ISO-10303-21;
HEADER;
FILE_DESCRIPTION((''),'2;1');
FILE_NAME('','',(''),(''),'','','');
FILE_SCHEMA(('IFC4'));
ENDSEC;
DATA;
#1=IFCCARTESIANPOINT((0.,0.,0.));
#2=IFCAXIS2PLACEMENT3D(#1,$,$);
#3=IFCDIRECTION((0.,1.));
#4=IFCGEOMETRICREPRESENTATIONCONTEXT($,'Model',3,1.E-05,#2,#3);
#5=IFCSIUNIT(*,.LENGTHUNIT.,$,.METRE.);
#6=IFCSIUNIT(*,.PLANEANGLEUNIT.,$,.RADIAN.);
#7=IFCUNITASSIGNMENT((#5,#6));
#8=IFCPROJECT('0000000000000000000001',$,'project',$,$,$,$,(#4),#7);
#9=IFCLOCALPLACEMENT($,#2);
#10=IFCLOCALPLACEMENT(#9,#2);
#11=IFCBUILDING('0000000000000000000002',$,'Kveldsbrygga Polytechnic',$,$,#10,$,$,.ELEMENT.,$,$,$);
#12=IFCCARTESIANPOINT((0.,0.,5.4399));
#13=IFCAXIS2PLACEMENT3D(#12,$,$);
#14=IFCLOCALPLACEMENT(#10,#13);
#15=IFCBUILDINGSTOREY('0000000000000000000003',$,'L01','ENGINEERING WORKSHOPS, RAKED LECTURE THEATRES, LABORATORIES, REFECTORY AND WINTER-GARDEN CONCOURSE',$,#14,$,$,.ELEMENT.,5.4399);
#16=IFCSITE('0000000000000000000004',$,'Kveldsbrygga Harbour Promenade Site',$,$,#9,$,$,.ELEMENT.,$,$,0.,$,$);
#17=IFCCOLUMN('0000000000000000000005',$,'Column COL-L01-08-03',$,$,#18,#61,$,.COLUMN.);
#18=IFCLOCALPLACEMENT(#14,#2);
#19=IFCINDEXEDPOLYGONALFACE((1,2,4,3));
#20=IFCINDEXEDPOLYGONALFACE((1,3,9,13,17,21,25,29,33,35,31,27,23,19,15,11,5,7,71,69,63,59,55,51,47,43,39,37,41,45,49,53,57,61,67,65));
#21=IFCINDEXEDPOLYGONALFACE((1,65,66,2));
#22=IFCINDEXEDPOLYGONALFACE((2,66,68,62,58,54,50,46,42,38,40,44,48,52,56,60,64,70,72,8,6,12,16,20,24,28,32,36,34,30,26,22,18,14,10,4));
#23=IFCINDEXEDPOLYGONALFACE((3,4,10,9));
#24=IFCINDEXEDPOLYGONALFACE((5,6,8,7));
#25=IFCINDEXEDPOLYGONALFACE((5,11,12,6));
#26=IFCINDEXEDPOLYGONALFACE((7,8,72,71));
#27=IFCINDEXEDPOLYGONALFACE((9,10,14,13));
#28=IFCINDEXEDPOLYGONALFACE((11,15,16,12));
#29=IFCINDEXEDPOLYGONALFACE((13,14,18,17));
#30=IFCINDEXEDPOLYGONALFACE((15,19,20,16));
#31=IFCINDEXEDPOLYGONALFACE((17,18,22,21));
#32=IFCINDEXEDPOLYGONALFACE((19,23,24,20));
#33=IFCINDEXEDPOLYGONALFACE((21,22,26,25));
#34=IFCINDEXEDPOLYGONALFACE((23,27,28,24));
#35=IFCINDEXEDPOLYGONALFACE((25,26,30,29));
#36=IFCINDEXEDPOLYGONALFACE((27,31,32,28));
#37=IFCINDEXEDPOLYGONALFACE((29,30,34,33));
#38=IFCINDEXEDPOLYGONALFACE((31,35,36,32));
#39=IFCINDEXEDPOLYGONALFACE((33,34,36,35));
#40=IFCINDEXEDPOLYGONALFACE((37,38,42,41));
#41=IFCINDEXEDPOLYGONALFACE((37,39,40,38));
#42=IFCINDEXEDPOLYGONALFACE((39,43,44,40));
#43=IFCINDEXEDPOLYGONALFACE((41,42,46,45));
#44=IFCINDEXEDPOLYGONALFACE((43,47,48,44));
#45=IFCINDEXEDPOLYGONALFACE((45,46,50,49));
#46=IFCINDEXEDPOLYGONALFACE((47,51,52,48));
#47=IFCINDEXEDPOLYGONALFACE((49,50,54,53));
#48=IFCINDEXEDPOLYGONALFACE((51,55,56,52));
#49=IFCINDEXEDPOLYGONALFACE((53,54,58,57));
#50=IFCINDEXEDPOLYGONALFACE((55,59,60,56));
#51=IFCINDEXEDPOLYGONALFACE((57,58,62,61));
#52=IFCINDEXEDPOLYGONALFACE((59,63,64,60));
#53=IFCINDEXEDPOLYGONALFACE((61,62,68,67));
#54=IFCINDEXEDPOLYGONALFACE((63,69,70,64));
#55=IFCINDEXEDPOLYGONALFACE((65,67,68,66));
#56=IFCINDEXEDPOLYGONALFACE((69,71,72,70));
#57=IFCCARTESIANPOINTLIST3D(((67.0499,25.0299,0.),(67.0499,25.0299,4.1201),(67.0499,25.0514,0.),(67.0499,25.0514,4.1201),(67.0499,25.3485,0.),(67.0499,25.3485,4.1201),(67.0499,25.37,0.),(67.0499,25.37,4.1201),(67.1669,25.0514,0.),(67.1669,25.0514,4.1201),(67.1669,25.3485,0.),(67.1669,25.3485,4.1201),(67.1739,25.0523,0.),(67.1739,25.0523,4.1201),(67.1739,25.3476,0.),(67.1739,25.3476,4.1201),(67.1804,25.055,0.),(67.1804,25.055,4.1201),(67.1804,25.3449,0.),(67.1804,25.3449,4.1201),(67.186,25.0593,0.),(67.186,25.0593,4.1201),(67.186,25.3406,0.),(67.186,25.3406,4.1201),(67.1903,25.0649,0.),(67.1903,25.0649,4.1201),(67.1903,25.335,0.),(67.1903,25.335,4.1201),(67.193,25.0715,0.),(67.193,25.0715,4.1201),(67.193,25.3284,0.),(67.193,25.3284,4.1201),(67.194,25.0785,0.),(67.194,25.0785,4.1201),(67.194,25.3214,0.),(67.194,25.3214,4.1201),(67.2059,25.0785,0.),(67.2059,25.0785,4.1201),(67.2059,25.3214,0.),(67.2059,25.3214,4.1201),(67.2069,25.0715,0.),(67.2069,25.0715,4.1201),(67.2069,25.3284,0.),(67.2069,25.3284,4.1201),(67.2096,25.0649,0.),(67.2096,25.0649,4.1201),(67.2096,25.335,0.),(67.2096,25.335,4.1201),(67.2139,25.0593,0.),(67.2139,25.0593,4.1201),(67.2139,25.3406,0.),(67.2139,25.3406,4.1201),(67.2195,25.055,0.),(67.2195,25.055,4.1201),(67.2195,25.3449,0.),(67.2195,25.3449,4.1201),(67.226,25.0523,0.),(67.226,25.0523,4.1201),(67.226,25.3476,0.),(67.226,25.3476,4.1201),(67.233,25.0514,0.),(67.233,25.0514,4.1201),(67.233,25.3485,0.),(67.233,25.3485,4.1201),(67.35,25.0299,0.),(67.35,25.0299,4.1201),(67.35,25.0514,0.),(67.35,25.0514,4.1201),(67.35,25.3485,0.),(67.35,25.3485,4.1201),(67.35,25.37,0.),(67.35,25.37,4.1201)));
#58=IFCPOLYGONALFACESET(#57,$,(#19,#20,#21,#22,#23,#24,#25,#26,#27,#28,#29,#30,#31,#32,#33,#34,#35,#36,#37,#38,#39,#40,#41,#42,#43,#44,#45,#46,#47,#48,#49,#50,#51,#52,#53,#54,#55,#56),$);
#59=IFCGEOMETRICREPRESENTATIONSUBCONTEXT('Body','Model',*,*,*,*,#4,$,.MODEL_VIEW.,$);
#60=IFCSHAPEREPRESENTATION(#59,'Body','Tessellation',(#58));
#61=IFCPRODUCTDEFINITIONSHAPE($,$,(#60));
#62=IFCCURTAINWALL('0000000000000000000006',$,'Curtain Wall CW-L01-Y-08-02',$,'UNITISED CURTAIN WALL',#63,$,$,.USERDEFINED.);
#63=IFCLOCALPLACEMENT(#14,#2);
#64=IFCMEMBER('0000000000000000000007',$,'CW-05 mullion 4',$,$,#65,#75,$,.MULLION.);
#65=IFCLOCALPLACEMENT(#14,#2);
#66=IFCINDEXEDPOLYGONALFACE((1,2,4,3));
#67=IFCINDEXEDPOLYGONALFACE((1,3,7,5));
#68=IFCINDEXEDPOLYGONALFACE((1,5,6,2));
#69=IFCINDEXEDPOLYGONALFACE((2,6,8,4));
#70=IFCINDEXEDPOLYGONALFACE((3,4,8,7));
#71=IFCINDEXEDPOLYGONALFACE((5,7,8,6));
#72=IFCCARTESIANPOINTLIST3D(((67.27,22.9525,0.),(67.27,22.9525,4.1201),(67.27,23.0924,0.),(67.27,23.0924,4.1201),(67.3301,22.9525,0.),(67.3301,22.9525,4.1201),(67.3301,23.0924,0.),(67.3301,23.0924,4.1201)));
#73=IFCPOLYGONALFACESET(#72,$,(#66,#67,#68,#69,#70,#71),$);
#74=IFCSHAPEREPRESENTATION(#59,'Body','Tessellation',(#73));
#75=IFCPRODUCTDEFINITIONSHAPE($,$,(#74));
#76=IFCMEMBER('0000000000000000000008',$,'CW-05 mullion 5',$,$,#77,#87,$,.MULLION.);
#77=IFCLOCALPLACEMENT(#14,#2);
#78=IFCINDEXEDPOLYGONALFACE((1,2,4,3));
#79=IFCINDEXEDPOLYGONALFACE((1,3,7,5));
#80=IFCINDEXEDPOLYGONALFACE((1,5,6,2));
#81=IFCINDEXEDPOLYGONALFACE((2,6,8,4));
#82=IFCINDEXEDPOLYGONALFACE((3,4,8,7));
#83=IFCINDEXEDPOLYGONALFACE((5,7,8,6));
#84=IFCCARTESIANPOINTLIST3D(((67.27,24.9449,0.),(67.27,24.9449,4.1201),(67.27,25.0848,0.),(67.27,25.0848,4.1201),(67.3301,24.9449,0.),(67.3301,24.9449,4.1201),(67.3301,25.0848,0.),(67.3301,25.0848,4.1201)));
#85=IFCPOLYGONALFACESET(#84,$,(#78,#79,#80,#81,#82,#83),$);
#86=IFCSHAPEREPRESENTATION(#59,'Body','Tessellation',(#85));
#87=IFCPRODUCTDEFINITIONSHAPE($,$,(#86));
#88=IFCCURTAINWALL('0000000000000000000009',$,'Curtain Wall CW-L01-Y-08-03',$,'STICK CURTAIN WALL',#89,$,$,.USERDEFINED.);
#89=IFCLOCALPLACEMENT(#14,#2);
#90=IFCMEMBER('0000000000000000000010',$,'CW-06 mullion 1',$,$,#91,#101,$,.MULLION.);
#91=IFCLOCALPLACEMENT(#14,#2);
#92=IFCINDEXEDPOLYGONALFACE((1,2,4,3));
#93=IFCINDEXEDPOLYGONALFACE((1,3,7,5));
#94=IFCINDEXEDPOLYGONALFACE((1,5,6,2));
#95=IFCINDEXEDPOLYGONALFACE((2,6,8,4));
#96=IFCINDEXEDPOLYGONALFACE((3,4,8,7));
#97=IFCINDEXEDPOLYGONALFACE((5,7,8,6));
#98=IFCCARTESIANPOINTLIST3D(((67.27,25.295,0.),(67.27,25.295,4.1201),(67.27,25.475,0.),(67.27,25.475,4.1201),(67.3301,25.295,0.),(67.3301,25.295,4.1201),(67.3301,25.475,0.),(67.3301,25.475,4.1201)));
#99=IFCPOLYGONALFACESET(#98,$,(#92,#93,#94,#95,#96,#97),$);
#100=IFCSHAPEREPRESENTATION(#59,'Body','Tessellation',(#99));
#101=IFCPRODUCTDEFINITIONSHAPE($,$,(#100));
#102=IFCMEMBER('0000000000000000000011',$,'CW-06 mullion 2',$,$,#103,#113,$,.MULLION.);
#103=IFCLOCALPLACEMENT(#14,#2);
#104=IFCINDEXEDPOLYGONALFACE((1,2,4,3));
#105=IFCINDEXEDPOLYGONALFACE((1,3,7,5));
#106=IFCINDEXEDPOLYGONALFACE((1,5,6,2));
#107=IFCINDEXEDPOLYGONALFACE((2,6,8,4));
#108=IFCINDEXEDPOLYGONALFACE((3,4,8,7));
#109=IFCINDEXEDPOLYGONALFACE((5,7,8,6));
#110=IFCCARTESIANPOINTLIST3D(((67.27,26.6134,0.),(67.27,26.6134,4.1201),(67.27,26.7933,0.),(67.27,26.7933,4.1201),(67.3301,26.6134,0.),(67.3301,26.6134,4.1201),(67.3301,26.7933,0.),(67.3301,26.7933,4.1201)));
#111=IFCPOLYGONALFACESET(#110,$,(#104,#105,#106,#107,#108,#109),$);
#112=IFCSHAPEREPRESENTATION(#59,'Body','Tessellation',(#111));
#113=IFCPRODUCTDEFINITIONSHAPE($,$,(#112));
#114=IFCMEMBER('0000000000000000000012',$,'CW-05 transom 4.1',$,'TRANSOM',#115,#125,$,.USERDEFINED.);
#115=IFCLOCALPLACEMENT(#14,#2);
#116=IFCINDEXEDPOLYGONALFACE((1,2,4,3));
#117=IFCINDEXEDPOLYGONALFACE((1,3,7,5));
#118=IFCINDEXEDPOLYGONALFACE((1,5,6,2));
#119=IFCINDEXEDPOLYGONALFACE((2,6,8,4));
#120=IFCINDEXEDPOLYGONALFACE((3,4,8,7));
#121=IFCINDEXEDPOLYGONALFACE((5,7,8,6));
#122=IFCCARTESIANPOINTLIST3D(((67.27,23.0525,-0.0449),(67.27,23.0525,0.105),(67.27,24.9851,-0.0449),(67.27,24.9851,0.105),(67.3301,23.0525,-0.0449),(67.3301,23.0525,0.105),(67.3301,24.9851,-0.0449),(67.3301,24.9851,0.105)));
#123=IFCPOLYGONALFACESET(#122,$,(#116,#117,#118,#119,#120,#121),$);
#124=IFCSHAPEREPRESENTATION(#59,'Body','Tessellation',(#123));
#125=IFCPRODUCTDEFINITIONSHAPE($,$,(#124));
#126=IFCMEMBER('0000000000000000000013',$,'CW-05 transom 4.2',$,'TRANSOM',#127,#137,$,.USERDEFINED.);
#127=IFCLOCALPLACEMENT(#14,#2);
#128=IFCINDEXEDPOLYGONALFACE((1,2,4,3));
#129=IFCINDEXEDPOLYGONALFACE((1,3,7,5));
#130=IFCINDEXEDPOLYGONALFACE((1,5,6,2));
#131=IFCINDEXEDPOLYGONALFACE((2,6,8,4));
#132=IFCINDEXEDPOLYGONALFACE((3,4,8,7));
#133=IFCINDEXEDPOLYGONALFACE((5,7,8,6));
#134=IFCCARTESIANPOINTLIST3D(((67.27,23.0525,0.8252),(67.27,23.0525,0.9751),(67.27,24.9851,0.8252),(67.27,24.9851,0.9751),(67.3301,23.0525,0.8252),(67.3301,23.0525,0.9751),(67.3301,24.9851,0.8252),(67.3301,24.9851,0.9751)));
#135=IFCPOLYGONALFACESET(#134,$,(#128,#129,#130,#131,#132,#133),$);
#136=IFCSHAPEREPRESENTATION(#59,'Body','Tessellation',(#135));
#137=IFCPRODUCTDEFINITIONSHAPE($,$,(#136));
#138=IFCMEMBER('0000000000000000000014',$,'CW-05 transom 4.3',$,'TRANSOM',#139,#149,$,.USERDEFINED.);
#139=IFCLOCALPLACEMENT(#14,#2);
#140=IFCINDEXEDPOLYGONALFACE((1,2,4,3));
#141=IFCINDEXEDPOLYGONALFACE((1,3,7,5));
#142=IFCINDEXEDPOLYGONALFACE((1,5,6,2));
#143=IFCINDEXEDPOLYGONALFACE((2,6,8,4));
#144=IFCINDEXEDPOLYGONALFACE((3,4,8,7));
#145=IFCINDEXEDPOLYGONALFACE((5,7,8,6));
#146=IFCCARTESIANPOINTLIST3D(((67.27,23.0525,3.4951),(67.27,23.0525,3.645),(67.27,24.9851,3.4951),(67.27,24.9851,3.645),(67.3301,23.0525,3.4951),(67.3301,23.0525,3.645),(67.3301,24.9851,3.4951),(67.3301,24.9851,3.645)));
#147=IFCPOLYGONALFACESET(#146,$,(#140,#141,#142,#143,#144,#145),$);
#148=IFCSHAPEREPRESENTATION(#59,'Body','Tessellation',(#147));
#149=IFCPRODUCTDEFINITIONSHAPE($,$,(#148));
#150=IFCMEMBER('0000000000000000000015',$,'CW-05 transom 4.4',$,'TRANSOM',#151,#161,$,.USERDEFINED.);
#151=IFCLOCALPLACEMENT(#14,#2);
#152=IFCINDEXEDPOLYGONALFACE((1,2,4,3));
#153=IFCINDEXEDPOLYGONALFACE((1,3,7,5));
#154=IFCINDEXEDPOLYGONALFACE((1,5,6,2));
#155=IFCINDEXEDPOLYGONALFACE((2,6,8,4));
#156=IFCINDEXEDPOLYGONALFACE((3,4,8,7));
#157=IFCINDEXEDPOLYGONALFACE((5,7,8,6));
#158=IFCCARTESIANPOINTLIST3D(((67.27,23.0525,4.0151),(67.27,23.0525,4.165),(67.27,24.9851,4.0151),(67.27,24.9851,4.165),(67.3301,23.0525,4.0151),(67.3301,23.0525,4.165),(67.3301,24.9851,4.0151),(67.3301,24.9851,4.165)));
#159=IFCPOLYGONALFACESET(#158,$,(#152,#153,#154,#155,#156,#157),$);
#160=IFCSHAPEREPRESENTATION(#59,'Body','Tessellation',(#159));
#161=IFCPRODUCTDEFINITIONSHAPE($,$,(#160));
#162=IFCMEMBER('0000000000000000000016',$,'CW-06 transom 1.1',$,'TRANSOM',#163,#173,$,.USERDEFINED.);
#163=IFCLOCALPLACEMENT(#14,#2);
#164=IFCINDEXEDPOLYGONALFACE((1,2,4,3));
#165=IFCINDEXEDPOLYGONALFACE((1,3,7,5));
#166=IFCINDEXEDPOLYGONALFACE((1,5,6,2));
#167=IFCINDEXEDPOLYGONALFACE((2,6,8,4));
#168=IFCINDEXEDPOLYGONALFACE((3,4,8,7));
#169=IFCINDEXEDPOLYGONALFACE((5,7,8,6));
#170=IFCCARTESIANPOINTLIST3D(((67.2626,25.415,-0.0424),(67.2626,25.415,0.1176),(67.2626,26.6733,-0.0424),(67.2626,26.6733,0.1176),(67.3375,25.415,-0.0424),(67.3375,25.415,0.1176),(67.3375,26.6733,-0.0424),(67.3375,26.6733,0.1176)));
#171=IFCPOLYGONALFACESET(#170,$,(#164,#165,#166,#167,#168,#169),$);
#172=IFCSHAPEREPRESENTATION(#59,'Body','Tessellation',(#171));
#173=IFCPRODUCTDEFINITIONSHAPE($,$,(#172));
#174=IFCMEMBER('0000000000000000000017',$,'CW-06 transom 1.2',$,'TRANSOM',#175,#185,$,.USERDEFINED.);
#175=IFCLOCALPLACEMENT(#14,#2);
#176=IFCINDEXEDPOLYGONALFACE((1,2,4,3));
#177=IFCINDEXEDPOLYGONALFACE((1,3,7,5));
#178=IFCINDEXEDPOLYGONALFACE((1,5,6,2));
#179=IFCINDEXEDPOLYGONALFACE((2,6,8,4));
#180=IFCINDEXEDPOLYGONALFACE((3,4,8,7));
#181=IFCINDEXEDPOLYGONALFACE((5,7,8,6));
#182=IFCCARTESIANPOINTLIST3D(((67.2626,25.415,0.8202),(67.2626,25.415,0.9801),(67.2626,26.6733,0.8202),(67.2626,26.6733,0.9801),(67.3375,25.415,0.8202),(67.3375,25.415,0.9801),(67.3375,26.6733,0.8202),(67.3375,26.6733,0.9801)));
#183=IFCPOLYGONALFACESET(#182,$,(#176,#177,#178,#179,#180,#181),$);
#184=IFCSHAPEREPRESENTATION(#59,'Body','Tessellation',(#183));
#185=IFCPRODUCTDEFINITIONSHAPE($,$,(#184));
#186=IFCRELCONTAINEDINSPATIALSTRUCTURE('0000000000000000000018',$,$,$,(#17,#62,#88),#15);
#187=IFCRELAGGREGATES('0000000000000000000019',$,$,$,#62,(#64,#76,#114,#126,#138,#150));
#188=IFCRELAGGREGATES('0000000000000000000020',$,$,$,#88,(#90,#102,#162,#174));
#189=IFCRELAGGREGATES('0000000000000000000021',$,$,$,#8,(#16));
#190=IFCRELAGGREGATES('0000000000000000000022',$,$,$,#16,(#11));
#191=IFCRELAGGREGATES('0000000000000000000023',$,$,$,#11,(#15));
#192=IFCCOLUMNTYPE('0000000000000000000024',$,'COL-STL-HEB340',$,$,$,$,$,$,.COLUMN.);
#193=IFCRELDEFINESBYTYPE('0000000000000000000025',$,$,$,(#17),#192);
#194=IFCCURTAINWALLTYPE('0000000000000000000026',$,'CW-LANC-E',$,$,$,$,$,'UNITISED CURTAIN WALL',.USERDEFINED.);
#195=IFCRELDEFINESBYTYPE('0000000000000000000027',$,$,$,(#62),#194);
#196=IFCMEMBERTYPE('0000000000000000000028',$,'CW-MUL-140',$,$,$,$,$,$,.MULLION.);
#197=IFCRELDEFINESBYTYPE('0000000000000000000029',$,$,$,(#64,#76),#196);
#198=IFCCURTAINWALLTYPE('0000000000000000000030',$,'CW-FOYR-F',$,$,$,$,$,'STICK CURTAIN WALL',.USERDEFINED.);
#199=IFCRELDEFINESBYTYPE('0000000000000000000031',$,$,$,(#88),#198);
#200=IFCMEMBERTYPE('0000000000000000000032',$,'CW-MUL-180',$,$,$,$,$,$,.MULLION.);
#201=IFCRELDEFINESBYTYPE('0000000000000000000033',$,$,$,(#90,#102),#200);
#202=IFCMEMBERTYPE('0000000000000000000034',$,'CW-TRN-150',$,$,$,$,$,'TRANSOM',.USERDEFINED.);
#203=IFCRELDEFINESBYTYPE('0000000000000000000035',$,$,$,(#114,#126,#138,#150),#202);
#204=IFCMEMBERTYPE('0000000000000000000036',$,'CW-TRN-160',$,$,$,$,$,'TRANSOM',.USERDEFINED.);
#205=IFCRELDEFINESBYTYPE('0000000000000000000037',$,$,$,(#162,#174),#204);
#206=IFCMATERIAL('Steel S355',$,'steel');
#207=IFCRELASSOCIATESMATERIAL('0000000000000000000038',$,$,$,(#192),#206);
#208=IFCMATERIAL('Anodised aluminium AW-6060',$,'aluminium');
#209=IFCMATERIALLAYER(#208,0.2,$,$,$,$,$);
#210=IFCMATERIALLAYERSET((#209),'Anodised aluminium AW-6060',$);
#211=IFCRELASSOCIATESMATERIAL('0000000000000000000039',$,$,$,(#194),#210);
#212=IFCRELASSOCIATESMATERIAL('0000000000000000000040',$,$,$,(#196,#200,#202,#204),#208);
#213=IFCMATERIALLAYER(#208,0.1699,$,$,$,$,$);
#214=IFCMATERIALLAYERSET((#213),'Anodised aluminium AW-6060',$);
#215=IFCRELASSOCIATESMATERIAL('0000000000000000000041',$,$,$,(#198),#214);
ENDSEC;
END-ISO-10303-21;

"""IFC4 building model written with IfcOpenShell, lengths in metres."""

from ifc_helpers import new_model, si_unit, direction, frame, origin, origin_2d, place, context, subcontext, project, spatial, rectangle, i_section, extrude, material, layer, layer_set, material_profile, profile_set, type_object, element, aggregate, save


model = new_model("IFC4")

# Units and contexts
model_context = context("Model", 3, precision=1e-05, world=origin(), true_north=direction((0.0, 1.0)))
body_context = subcontext(model_context, "Body", "Model", "MODEL_VIEW")
ifc_project = project(units=[si_unit("LENGTHUNIT", "METRE"), si_unit("PLANEANGLEUNIT", "RADIAN")], contexts=[model_context])

# Site, building, storey
site_placement = place(None, origin())
site = spatial("IfcSite", under=ifc_project, at=site_placement, Name="Kveldsbrygga Harbour Promenade Site", CompositionType="ELEMENT", RefElevation=0.0)
building_placement = place(site_placement, origin())
building = spatial("IfcBuilding", under=site, at=building_placement, Name="Kveldsbrygga Polytechnic", CompositionType="ELEMENT")
storey_placement = place(building_placement, frame((0.0, 0.0, 5.4399)))
storey = spatial("IfcBuildingStorey", under=building, at=storey_placement, Name="L01", Description="ENGINEERING WORKSHOPS, RAKED LECTURE THEATRES, LABORATORIES, REFECTORY AND WINTER-GARDEN CONCOURSE", CompositionType="ELEMENT", Elevation=5.4399)

# Column
ifc_material_1 = material(Name="Steel S355", Category="steel")
ifc_material_profile_1 = material_profile(ifc_material_1, i_section(OverallWidth=0.3, OverallDepth=0.3401, WebThickness=0.012, FlangeThickness=0.0215, FilletRadius=0.0271, at=origin_2d()), Name="HEB 340")
ifc_profile_set_1 = profile_set([ifc_material_profile_1], Name="Steel S355")
column_type = type_object("IfcColumnType", Name="COL-STL-HEB340", PredefinedType="COLUMN", material=ifc_profile_set_1)
column_placement = place(storey_placement, frame((67.2, 25.2, 0.0), z_axis=(0.0, 0.0, 1.0), x_axis=(1.0, 0.0, 0.0)))
element("IfcColumn", 1, at=column_placement, inside=storey, type_object=column_type, Name="Column COL-L01-08-03", PredefinedType="COLUMN", context=body_context, shape_type="SweptSolid", body=[
    extrude(i_section(OverallWidth=0.3, OverallDepth=0.3401, WebThickness=0.012, FlangeThickness=0.0215, FilletRadius=0.0271, at=origin_2d()), origin(), (0.0, 0.0, 1.0), 4.1201),
])

# Curtain walls, members
ifc_material_2 = material(Name="Anodised aluminium AW-6060", Category="aluminium")
ifc_layer_1 = layer(ifc_material_2, 0.2)
ifc_layer_set_1 = layer_set([ifc_layer_1], Name="Anodised aluminium AW-6060")
curtain_wall_type_1 = type_object("IfcCurtainWallType", Name="CW-LANC-E", ElementType="UNITISED CURTAIN WALL", PredefinedType="USERDEFINED", material=ifc_layer_set_1)
curtain_wall_1_placement = place(storey_placement, origin())
curtain_wall_1 = element("IfcCurtainWall", 2, at=curtain_wall_1_placement, inside=storey, type_object=curtain_wall_type_1, Name="Curtain Wall CW-L01-Y-08-02", ObjectType="UNITISED CURTAIN WALL", PredefinedType="USERDEFINED")
ifc_material_profile_2 = material_profile(ifc_material_2, rectangle(XDim=0.0601, YDim=0.1399, at=origin_2d()), Name="ALU 60x140")
ifc_profile_set_2 = profile_set([ifc_material_profile_2], Name="Anodised aluminium AW-6060")
member_type_1 = type_object("IfcMemberType", Name="CW-MUL-140", PredefinedType="MULLION", material=ifc_profile_set_2)
member_1_placement = place(storey_placement, frame((67.3, 23.0225, 0.0), z_axis=(0.0, 0.0, 1.0), x_axis=(-1.0, 0.0, 0.0)))
member_1 = element("IfcMember", 3, at=member_1_placement, type_object=member_type_1, Name="CW-05 mullion 4", PredefinedType="MULLION", context=body_context, shape_type="SweptSolid", body=[
    extrude(rectangle(XDim=0.0601, YDim=0.1399, at=origin_2d()), origin(), (0.0, 0.0, 1.0), 4.1201),
])
member_2_placement = place(storey_placement, frame((67.3, 25.0149, 0.0), z_axis=(0.0, 0.0, 1.0), x_axis=(-1.0, 0.0, 0.0)))
member_2 = element("IfcMember", 4, at=member_2_placement, type_object=member_type_1, Name="CW-05 mullion 5", PredefinedType="MULLION", context=body_context, shape_type="SweptSolid", body=[
    extrude(rectangle(XDim=0.0601, YDim=0.1399, at=origin_2d()), origin(), (0.0, 0.0, 1.0), 4.1201),
])
ifc_layer_2 = layer(ifc_material_2, 0.1699)
ifc_layer_set_2 = layer_set([ifc_layer_2], Name="Anodised aluminium AW-6060")
curtain_wall_type_2 = type_object("IfcCurtainWallType", Name="CW-FOYR-F", ElementType="STICK CURTAIN WALL", PredefinedType="USERDEFINED", material=ifc_layer_set_2)
curtain_wall_2_placement = place(storey_placement, origin())
curtain_wall_2 = element("IfcCurtainWall", 5, at=curtain_wall_2_placement, inside=storey, type_object=curtain_wall_type_2, Name="Curtain Wall CW-L01-Y-08-03", ObjectType="STICK CURTAIN WALL", PredefinedType="USERDEFINED")
ifc_material_profile_3 = material_profile(ifc_material_2, rectangle(XDim=0.0601, YDim=0.1799, at=origin_2d()), Name="ALU 60x180")
ifc_profile_set_3 = profile_set([ifc_material_profile_3], Name="Anodised aluminium AW-6060")
member_type_2 = type_object("IfcMemberType", Name="CW-MUL-180", PredefinedType="MULLION", material=ifc_profile_set_3)
member_3_placement = place(storey_placement, frame((67.3, 25.385, 0.0), z_axis=(0.0, 0.0, 1.0), x_axis=(-1.0, 0.0, 0.0)))
member_3 = element("IfcMember", 6, at=member_3_placement, type_object=member_type_2, Name="CW-06 mullion 1", PredefinedType="MULLION", context=body_context, shape_type="SweptSolid", body=[
    extrude(rectangle(XDim=0.0601, YDim=0.1799, at=origin_2d()), origin(), (0.0, 0.0, 1.0), 4.1201),
])
member_4_placement = place(storey_placement, frame((67.3, 26.7034, 0.0), z_axis=(0.0, 0.0, 1.0), x_axis=(-1.0, 0.0, 0.0)))
member_4 = element("IfcMember", 7, at=member_4_placement, type_object=member_type_2, Name="CW-06 mullion 2", PredefinedType="MULLION", context=body_context, shape_type="SweptSolid", body=[
    extrude(rectangle(XDim=0.0601, YDim=0.1799, at=origin_2d()), origin(), (0.0, 0.0, 1.0), 4.1201),
])

# Members
ifc_material_profile_4 = material_profile(ifc_material_2, rectangle(XDim=0.0601, YDim=0.1499, at=origin_2d()), Name="ALU 60x150")
ifc_profile_set_4 = profile_set([ifc_material_profile_4], Name="Anodised aluminium AW-6060")
member_type_3 = type_object("IfcMemberType", Name="CW-TRN-150", ElementType="TRANSOM", PredefinedType="USERDEFINED", material=ifc_profile_set_4)
member_5_placement = place(storey_placement, frame((67.3, 23.0525, 0.03), z_axis=(0.0, 1.0, 0.0), x_axis=(-1.0, 0.0, 0.0)))
member_5 = element("IfcMember", 8, at=member_5_placement, type_object=member_type_3, Name="CW-05 transom 4.1", ObjectType="TRANSOM", PredefinedType="USERDEFINED", context=body_context, shape_type="SweptSolid", body=[
    extrude(rectangle(XDim=0.0601, YDim=0.1499, at=origin_2d()), origin(), (0.0, 0.0, 1.0), 1.9326),
])
member_6_placement = place(storey_placement, frame((67.3, 23.0525, 0.9001), z_axis=(0.0, 1.0, 0.0), x_axis=(-1.0, 0.0, 0.0)))
member_6 = element("IfcMember", 9, at=member_6_placement, type_object=member_type_3, Name="CW-05 transom 4.2", ObjectType="TRANSOM", PredefinedType="USERDEFINED", context=body_context, shape_type="SweptSolid", body=[
    extrude(rectangle(XDim=0.0601, YDim=0.1499, at=origin_2d()), origin(), (0.0, 0.0, 1.0), 1.9326),
])
member_7_placement = place(storey_placement, frame((67.3, 23.0525, 3.5701), z_axis=(0.0, 1.0, 0.0), x_axis=(-1.0, 0.0, 0.0)))
member_7 = element("IfcMember", 10, at=member_7_placement, type_object=member_type_3, Name="CW-05 transom 4.3", ObjectType="TRANSOM", PredefinedType="USERDEFINED", context=body_context, shape_type="SweptSolid", body=[
    extrude(rectangle(XDim=0.0601, YDim=0.1499, at=origin_2d()), origin(), (0.0, 0.0, 1.0), 1.9326),
])
member_8_placement = place(storey_placement, frame((67.3, 23.0525, 4.0901), z_axis=(0.0, 1.0, 0.0), x_axis=(-1.0, 0.0, 0.0)))
member_8 = element("IfcMember", 11, at=member_8_placement, type_object=member_type_3, Name="CW-05 transom 4.4", ObjectType="TRANSOM", PredefinedType="USERDEFINED", context=body_context, shape_type="SweptSolid", body=[
    extrude(rectangle(XDim=0.0601, YDim=0.1499, at=origin_2d()), origin(), (0.0, 0.0, 1.0), 1.9326),
])
ifc_material_profile_5 = material_profile(ifc_material_2, rectangle(XDim=0.075, YDim=0.1599, at=origin_2d()), Name="ALU 75x160")
ifc_profile_set_5 = profile_set([ifc_material_profile_5], Name="Anodised aluminium AW-6060")
member_type_4 = type_object("IfcMemberType", Name="CW-TRN-160", ElementType="TRANSOM", PredefinedType="USERDEFINED", material=ifc_profile_set_5)
member_9_placement = place(storey_placement, frame((67.3, 25.415, 0.0376), z_axis=(0.0, 1.0, 0.0), x_axis=(-1.0, 0.0, 0.0)))
member_9 = element("IfcMember", 12, at=member_9_placement, type_object=member_type_4, Name="CW-06 transom 1.1", ObjectType="TRANSOM", PredefinedType="USERDEFINED", context=body_context, shape_type="SweptSolid", body=[
    extrude(rectangle(XDim=0.075, YDim=0.1599, at=origin_2d()), origin(), (0.0, 0.0, 1.0), 1.2583),
])
member_10_placement = place(storey_placement, frame((67.3, 25.415, 0.9001), z_axis=(0.0, 1.0, 0.0), x_axis=(-1.0, 0.0, 0.0)))
member_10 = element("IfcMember", 13, at=member_10_placement, type_object=member_type_4, Name="CW-06 transom 1.2", ObjectType="TRANSOM", PredefinedType="USERDEFINED", context=body_context, shape_type="SweptSolid", body=[
    extrude(rectangle(XDim=0.075, YDim=0.1599, at=origin_2d()), origin(), (0.0, 0.0, 1.0), 1.2583),
])

aggregate(curtain_wall_1, [member_1, member_2, member_5, member_6, member_7, member_8])
aggregate(curtain_wall_2, [member_3, member_4, member_9, member_10])

save(model, "model.ifc")
